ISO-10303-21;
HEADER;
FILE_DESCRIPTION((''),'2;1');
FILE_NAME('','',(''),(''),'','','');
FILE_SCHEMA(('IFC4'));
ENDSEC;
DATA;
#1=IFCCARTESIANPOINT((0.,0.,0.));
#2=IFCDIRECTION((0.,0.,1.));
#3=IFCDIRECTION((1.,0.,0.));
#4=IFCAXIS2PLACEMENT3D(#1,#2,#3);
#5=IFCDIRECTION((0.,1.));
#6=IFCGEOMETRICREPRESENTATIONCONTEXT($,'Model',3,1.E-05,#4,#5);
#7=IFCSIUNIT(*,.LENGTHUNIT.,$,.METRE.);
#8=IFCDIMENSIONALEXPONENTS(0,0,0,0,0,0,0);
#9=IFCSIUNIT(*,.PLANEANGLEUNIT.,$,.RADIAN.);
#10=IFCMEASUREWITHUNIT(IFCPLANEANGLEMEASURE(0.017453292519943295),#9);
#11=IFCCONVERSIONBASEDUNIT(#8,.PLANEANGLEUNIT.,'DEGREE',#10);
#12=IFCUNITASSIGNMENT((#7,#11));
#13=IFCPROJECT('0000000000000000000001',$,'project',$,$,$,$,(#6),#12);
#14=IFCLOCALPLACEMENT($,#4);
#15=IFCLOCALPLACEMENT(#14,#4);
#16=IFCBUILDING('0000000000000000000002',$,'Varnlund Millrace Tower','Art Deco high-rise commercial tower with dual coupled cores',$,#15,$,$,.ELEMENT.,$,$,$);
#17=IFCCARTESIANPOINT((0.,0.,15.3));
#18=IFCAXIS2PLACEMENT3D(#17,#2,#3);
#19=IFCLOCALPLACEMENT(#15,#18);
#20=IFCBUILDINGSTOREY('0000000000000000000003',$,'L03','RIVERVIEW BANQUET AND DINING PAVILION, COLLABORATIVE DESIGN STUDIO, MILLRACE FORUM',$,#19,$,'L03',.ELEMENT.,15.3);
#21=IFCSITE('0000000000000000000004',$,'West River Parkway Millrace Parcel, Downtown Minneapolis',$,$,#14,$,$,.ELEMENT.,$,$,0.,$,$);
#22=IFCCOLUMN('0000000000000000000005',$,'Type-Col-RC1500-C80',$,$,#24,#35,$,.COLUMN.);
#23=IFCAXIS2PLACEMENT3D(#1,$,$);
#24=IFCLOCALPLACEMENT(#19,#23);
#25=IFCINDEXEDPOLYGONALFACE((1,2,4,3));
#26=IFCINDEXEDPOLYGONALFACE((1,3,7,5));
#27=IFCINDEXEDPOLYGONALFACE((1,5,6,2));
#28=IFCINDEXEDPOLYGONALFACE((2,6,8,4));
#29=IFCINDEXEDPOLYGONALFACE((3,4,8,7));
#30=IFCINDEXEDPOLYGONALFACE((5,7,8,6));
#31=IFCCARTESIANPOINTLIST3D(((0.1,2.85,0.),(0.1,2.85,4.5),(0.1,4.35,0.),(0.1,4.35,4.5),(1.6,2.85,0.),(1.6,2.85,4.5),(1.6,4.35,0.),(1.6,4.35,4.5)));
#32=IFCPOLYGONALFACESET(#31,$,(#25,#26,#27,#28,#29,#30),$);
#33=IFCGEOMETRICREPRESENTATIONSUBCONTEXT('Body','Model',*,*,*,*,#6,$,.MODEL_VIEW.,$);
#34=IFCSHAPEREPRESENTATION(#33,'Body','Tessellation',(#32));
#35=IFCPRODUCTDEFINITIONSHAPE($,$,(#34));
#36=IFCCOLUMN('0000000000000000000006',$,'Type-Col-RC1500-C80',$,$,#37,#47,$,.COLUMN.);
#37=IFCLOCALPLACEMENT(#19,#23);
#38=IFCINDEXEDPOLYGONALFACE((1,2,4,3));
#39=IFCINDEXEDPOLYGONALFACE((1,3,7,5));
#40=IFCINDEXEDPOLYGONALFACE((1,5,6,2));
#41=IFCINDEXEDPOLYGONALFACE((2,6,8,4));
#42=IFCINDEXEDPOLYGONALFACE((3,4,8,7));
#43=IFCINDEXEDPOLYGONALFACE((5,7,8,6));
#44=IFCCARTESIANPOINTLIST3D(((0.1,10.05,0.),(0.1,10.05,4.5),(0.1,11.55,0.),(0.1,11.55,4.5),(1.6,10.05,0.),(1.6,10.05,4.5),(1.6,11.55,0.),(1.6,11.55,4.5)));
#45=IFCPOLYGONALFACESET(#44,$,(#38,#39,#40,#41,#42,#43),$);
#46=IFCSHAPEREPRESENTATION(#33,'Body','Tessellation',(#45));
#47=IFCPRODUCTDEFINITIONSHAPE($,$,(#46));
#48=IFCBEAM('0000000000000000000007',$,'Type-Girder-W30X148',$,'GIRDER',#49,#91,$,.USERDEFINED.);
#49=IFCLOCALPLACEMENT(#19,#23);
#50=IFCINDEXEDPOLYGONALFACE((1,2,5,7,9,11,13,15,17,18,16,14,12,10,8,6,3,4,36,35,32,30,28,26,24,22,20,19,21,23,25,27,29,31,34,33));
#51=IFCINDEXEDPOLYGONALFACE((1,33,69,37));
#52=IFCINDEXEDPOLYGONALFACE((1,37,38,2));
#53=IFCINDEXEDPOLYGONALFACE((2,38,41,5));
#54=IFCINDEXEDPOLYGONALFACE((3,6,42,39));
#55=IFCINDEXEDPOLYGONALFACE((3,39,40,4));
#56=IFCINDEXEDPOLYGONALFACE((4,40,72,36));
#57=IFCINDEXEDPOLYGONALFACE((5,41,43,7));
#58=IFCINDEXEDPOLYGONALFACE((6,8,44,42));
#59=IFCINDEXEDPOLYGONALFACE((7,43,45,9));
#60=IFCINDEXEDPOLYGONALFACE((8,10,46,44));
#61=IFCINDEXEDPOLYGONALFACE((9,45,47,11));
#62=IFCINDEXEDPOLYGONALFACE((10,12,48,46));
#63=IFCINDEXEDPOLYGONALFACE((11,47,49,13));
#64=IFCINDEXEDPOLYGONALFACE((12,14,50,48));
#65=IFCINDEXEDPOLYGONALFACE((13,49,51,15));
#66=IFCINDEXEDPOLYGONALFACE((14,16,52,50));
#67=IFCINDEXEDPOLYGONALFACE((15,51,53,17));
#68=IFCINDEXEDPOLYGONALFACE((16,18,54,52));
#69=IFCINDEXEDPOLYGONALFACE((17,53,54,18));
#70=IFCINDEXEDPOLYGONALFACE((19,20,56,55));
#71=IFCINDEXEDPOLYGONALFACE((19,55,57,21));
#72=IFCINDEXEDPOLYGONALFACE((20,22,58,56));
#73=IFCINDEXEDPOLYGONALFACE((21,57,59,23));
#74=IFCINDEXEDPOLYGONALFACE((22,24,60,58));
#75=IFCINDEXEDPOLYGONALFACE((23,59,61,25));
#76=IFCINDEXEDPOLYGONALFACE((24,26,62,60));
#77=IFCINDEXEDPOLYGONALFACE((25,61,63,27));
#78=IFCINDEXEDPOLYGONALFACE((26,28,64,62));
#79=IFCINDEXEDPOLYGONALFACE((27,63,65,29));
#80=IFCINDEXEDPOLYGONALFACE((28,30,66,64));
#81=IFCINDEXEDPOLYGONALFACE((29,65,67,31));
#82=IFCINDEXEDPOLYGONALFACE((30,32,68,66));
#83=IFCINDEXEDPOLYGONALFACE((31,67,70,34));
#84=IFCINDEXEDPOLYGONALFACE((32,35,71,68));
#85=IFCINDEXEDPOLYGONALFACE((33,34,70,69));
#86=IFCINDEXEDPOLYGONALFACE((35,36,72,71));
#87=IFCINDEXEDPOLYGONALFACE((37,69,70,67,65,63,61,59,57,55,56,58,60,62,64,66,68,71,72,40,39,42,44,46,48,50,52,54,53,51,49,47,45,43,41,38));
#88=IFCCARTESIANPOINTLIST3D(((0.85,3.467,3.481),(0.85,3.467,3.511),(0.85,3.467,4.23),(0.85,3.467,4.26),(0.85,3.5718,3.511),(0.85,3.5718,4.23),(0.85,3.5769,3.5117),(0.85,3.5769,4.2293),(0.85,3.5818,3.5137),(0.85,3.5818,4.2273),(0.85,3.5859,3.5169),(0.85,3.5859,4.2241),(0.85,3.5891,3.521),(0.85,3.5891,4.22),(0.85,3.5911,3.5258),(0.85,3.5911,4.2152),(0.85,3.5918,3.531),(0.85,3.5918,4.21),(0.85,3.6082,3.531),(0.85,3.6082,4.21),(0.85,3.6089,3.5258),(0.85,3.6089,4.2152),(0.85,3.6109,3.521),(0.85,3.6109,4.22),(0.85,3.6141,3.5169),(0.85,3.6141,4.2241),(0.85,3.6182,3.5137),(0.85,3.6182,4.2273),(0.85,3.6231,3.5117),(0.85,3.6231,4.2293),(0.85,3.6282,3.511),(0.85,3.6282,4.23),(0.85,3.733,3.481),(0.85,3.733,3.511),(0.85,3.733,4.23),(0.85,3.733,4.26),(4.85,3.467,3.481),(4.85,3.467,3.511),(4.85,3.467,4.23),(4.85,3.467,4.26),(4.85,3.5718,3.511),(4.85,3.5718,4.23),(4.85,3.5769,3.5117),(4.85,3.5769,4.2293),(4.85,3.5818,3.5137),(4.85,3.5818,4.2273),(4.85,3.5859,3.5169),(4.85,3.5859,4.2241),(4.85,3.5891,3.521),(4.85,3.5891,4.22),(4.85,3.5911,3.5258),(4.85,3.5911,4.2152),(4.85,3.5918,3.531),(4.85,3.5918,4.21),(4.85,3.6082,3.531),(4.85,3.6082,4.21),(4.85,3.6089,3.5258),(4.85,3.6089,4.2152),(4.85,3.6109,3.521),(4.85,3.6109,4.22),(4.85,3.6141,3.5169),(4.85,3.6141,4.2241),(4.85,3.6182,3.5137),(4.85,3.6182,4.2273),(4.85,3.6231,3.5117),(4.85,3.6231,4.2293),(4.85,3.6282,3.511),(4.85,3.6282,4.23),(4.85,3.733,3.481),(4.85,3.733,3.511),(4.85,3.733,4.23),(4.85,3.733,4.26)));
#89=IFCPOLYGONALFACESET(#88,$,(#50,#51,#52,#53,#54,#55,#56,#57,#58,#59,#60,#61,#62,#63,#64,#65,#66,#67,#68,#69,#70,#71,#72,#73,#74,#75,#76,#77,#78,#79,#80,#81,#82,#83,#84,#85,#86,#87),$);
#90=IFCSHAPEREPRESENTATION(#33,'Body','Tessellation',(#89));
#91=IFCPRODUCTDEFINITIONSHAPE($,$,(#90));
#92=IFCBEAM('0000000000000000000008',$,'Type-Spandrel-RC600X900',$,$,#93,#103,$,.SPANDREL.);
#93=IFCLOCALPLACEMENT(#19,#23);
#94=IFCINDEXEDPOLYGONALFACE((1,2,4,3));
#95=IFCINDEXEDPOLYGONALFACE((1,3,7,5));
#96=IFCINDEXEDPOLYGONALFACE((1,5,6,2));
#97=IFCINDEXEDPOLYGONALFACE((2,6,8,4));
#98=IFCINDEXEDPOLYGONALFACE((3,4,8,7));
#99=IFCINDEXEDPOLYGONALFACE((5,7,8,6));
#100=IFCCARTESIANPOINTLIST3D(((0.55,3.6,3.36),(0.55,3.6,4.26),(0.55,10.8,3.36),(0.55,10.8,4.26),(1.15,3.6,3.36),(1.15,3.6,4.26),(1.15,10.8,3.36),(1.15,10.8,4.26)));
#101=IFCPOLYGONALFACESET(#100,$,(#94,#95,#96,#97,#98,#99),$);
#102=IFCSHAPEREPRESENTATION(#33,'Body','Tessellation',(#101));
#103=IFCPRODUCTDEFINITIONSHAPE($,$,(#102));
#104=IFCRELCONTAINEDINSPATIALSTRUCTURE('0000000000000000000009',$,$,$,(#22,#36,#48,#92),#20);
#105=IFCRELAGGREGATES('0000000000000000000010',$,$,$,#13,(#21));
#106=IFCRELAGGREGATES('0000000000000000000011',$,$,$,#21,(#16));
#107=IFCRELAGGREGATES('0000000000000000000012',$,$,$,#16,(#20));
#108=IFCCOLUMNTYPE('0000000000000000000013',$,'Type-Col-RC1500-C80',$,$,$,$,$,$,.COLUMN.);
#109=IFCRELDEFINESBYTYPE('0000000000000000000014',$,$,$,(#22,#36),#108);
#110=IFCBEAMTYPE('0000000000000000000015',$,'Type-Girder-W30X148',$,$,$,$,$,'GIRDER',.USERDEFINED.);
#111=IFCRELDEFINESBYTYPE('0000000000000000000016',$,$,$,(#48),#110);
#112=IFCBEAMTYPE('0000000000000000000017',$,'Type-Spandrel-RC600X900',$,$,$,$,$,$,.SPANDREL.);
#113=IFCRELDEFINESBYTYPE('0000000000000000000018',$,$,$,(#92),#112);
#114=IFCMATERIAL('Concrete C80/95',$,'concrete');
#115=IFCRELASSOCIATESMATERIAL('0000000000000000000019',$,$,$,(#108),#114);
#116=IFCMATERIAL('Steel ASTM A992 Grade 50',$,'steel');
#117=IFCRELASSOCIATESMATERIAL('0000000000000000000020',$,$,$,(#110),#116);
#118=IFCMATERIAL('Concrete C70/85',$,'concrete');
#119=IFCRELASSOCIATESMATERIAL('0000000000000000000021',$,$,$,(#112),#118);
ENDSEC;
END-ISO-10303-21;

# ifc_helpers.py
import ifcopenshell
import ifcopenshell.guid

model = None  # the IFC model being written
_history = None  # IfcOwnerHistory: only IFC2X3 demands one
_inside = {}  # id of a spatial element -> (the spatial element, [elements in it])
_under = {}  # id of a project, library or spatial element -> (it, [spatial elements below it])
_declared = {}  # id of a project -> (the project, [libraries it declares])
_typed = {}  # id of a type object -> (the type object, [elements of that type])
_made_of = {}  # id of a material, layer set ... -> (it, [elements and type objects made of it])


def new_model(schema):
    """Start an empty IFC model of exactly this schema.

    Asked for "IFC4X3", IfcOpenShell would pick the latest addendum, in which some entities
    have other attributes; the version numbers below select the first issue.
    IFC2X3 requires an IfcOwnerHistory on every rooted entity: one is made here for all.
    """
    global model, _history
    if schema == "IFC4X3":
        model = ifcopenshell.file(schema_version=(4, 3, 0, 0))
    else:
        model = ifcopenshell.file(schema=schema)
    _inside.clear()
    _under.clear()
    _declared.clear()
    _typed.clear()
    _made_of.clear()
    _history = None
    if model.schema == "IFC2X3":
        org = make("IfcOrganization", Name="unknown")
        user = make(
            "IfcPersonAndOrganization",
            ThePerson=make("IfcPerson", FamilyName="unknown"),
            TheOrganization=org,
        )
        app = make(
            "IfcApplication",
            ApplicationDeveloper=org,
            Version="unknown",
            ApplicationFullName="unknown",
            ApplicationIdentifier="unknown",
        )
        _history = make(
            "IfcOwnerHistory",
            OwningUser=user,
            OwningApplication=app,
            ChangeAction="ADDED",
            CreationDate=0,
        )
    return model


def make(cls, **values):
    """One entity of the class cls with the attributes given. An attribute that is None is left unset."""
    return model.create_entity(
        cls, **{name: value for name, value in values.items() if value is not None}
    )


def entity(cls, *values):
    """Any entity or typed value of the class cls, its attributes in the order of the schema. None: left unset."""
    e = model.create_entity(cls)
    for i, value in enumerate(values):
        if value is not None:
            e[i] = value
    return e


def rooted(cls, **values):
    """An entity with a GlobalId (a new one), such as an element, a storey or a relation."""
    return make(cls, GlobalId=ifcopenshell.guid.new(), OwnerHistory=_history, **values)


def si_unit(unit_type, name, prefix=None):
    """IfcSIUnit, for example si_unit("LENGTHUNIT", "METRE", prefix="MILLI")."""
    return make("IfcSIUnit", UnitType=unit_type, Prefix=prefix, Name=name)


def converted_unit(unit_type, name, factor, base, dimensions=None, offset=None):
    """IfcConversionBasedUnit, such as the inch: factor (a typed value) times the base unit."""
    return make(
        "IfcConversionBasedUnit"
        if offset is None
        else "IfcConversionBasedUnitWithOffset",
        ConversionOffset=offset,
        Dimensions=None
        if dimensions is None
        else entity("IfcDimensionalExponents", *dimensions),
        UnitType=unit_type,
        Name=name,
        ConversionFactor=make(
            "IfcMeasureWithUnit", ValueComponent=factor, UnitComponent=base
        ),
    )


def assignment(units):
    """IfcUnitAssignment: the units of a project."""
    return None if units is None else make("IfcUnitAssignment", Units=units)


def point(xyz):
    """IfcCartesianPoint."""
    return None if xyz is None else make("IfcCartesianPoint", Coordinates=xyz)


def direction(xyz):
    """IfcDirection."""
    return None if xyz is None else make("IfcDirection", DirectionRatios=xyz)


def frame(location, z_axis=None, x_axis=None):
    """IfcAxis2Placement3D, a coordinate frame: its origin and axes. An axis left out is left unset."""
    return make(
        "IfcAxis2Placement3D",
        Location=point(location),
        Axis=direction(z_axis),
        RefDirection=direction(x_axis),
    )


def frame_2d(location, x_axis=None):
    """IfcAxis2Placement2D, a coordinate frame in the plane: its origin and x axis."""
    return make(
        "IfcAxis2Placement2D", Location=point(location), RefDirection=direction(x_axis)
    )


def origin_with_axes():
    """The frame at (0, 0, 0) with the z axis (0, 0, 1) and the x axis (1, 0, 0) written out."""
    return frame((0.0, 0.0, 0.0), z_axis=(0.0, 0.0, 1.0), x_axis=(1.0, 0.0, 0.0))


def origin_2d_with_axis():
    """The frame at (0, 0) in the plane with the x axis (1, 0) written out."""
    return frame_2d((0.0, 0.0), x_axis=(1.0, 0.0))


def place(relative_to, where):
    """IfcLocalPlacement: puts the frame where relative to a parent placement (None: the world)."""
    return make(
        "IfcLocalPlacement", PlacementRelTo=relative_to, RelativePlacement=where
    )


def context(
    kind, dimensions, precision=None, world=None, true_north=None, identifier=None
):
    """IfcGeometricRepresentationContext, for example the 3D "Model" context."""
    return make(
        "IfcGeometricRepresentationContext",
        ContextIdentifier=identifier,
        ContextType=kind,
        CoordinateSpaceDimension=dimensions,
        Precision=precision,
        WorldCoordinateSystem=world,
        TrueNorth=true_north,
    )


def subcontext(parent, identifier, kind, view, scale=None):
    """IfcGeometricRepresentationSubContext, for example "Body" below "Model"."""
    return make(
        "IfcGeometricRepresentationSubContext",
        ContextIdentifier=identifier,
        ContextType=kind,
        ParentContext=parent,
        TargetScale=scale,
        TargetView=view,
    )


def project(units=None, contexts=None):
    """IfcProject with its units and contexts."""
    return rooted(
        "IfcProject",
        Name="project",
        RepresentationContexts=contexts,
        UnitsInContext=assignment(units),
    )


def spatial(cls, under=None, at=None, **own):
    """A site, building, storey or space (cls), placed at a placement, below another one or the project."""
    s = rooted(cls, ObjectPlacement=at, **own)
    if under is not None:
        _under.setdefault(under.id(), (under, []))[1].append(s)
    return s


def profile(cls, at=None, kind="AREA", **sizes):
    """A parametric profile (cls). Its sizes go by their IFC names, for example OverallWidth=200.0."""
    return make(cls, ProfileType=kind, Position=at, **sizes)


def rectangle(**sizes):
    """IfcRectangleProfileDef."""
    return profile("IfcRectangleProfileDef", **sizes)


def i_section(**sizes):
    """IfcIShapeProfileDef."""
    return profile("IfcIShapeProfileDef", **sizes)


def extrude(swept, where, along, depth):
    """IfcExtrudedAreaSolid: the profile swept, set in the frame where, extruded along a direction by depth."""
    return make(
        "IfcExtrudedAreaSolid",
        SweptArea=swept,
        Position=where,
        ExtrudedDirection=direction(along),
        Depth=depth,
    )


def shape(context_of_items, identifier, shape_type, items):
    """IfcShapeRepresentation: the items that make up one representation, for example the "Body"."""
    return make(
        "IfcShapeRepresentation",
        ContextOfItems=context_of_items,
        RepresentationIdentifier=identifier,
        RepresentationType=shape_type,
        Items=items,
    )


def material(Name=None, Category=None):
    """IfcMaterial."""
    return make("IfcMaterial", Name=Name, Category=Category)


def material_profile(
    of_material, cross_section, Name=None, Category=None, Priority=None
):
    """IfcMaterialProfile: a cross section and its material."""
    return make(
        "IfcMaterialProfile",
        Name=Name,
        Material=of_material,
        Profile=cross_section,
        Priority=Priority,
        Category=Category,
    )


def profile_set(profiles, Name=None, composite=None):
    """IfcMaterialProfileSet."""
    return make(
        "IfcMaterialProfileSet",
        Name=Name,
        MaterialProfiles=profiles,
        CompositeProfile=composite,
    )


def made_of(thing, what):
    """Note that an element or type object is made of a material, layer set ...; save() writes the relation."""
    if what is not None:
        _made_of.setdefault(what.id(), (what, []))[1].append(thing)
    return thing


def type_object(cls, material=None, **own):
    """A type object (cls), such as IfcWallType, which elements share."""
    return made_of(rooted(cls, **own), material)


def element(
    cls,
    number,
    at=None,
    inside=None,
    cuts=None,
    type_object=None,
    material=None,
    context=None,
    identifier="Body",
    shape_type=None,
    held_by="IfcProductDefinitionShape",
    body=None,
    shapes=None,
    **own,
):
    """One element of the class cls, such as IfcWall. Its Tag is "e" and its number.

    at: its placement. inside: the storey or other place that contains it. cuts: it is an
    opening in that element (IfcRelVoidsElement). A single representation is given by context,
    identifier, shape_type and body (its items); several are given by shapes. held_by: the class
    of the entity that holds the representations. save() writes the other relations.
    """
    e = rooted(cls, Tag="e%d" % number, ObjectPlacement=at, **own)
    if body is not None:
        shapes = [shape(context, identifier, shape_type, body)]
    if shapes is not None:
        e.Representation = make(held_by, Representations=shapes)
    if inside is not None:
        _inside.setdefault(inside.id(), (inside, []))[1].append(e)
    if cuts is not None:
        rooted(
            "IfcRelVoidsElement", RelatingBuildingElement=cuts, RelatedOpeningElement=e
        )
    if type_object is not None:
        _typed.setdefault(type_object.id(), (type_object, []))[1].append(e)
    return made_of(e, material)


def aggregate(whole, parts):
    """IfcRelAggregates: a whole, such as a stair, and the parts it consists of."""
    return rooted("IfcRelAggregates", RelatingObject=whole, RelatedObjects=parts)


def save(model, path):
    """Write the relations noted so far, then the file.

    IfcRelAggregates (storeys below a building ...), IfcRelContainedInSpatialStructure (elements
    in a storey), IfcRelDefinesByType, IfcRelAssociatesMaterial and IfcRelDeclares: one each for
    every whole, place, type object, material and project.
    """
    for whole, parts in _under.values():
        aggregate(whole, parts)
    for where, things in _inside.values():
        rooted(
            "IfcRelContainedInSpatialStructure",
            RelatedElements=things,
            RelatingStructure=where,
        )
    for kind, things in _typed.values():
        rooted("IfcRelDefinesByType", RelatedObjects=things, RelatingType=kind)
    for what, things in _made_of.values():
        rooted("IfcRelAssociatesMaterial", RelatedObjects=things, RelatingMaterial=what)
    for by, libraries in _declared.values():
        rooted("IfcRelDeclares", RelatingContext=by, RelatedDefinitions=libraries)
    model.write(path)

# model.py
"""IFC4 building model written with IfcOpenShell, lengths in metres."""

from ifc_helpers import new_model, entity, si_unit, converted_unit, direction, frame, origin_with_axes, origin_2d_with_axis, place, context, subcontext, project, spatial, rectangle, i_section, extrude, material, material_profile, profile_set, type_object, element, save


model = new_model("IFC4")

# Units and contexts
model_context = context("Model", 3, precision=1e-05, world=origin_with_axes(), true_north=direction((0.0, 1.0)))
body_context = subcontext(model_context, "Body", "Model", "MODEL_VIEW")
ifc_project = project(units=[si_unit("LENGTHUNIT", "METRE"), converted_unit("PLANEANGLEUNIT", "DEGREE", entity("IfcPlaneAngleMeasure", 0.017453292519943295), si_unit("PLANEANGLEUNIT", "RADIAN"), dimensions=[0, 0, 0, 0, 0, 0, 0])], contexts=[model_context])

# Site, building, storey
site_placement = place(None, origin_with_axes())
site = spatial("IfcSite", under=ifc_project, at=site_placement, Name="West River Parkway Millrace Parcel, Downtown Minneapolis", CompositionType="ELEMENT", RefElevation=0.0)
building_placement = place(site_placement, origin_with_axes())
building = spatial("IfcBuilding", under=site, at=building_placement, Name="Varnlund Millrace Tower", Description="Art Deco high-rise commercial tower with dual coupled cores", CompositionType="ELEMENT")
storey_placement = place(building_placement, frame((0.0, 0.0, 15.3), z_axis=(0.0, 0.0, 1.0), x_axis=(1.0, 0.0, 0.0)))
storey = spatial("IfcBuildingStorey", under=building, at=storey_placement, Name="L03", Description="RIVERVIEW BANQUET AND DINING PAVILION, COLLABORATIVE DESIGN STUDIO, MILLRACE FORUM", LongName="L03", CompositionType="ELEMENT", Elevation=15.3)

# Columns
ifc_material_1 = material(Name="Concrete C80/95", Category="concrete")
ifc_material_profile_1 = material_profile(ifc_material_1, rectangle(XDim=1.5, YDim=1.5, at=origin_2d_with_axis()), Name="Concrete C80/95")
ifc_profile_set_1 = profile_set([ifc_material_profile_1], Name="Concrete C80/95")
column_type = type_object("IfcColumnType", Name="Type-Col-RC1500-C80", PredefinedType="COLUMN", material=ifc_profile_set_1)
for number, where, z_axis, x_axis, name in (
    (1, (0.85, 3.6, 0.0), (0.0, 0.0, 1.0), (1.0, 0.0, 0.0), "Type-Col-RC1500-C80"),
    (2, (0.85, 10.8, 0.0), (0.0, 0.0, 1.0), (1.0, 0.0, 0.0), "Type-Col-RC1500-C80"),
):
    element("IfcColumn", number, at=place(storey_placement, frame(where, z_axis=z_axis, x_axis=x_axis)), inside=storey, type_object=column_type, Name=name, PredefinedType="COLUMN", context=body_context, shape_type="SweptSolid", body=[
        extrude(rectangle(XDim=1.5, YDim=1.5, at=origin_2d_with_axis()), origin_with_axes(), (0.0, 0.0, 1.0), 4.5),
    ])

# Beams
ifc_material_2 = material(Name="Steel ASTM A992 Grade 50", Category="steel")
ifc_material_profile_2 = material_profile(ifc_material_2, i_section(OverallWidth=0.266, OverallDepth=0.779, WebThickness=0.0165, FlangeThickness=0.03, FilletRadius=0.02, at=origin_2d_with_axis()), Name="Steel ASTM A992 Grade 50")
ifc_profile_set_2 = profile_set([ifc_material_profile_2], Name="Steel ASTM A992 Grade 50")
beam_type_1 = type_object("IfcBeamType", Name="Type-Girder-W30X148", ElementType="GIRDER", PredefinedType="USERDEFINED", material=ifc_profile_set_2)
beam_1_placement = place(storey_placement, frame((0.85, 3.6, 3.8705), z_axis=(1.0, 0.0, 0.0), x_axis=(0.0, 1.0, 0.0)))
element("IfcBeam", 3, at=beam_1_placement, inside=storey, type_object=beam_type_1, Name="Type-Girder-W30X148", ObjectType="GIRDER", PredefinedType="USERDEFINED", context=body_context, shape_type="SweptSolid", body=[
    extrude(i_section(OverallWidth=0.266, OverallDepth=0.779, WebThickness=0.0165, FlangeThickness=0.03, FilletRadius=0.02, at=origin_2d_with_axis()), origin_with_axes(), (0.0, 0.0, 1.0), 4.0),
])
ifc_material_3 = material(Name="Concrete C70/85", Category="concrete")
ifc_material_profile_3 = material_profile(ifc_material_3, rectangle(XDim=0.6, YDim=0.9, at=origin_2d_with_axis()), Name="Concrete C70/85")
ifc_profile_set_3 = profile_set([ifc_material_profile_3], Name="Concrete C70/85")
beam_type_2 = type_object("IfcBeamType", Name="Type-Spandrel-RC600X900", PredefinedType="SPANDREL", material=ifc_profile_set_3)
beam_2_placement = place(storey_placement, frame((0.85, 3.6, 3.81), z_axis=(0.0, 1.0, 0.0), x_axis=(-1.0, 0.0, 0.0)))
element("IfcBeam", 4, at=beam_2_placement, inside=storey, type_object=beam_type_2, Name="Type-Spandrel-RC600X900", PredefinedType="SPANDREL", context=body_context, shape_type="SweptSolid", body=[
    extrude(rectangle(XDim=0.6, YDim=0.9, at=origin_2d_with_axis()), origin_with_axes(), (0.0, 0.0, 1.0), 7.2),
])

save(model, "model.ifc")
